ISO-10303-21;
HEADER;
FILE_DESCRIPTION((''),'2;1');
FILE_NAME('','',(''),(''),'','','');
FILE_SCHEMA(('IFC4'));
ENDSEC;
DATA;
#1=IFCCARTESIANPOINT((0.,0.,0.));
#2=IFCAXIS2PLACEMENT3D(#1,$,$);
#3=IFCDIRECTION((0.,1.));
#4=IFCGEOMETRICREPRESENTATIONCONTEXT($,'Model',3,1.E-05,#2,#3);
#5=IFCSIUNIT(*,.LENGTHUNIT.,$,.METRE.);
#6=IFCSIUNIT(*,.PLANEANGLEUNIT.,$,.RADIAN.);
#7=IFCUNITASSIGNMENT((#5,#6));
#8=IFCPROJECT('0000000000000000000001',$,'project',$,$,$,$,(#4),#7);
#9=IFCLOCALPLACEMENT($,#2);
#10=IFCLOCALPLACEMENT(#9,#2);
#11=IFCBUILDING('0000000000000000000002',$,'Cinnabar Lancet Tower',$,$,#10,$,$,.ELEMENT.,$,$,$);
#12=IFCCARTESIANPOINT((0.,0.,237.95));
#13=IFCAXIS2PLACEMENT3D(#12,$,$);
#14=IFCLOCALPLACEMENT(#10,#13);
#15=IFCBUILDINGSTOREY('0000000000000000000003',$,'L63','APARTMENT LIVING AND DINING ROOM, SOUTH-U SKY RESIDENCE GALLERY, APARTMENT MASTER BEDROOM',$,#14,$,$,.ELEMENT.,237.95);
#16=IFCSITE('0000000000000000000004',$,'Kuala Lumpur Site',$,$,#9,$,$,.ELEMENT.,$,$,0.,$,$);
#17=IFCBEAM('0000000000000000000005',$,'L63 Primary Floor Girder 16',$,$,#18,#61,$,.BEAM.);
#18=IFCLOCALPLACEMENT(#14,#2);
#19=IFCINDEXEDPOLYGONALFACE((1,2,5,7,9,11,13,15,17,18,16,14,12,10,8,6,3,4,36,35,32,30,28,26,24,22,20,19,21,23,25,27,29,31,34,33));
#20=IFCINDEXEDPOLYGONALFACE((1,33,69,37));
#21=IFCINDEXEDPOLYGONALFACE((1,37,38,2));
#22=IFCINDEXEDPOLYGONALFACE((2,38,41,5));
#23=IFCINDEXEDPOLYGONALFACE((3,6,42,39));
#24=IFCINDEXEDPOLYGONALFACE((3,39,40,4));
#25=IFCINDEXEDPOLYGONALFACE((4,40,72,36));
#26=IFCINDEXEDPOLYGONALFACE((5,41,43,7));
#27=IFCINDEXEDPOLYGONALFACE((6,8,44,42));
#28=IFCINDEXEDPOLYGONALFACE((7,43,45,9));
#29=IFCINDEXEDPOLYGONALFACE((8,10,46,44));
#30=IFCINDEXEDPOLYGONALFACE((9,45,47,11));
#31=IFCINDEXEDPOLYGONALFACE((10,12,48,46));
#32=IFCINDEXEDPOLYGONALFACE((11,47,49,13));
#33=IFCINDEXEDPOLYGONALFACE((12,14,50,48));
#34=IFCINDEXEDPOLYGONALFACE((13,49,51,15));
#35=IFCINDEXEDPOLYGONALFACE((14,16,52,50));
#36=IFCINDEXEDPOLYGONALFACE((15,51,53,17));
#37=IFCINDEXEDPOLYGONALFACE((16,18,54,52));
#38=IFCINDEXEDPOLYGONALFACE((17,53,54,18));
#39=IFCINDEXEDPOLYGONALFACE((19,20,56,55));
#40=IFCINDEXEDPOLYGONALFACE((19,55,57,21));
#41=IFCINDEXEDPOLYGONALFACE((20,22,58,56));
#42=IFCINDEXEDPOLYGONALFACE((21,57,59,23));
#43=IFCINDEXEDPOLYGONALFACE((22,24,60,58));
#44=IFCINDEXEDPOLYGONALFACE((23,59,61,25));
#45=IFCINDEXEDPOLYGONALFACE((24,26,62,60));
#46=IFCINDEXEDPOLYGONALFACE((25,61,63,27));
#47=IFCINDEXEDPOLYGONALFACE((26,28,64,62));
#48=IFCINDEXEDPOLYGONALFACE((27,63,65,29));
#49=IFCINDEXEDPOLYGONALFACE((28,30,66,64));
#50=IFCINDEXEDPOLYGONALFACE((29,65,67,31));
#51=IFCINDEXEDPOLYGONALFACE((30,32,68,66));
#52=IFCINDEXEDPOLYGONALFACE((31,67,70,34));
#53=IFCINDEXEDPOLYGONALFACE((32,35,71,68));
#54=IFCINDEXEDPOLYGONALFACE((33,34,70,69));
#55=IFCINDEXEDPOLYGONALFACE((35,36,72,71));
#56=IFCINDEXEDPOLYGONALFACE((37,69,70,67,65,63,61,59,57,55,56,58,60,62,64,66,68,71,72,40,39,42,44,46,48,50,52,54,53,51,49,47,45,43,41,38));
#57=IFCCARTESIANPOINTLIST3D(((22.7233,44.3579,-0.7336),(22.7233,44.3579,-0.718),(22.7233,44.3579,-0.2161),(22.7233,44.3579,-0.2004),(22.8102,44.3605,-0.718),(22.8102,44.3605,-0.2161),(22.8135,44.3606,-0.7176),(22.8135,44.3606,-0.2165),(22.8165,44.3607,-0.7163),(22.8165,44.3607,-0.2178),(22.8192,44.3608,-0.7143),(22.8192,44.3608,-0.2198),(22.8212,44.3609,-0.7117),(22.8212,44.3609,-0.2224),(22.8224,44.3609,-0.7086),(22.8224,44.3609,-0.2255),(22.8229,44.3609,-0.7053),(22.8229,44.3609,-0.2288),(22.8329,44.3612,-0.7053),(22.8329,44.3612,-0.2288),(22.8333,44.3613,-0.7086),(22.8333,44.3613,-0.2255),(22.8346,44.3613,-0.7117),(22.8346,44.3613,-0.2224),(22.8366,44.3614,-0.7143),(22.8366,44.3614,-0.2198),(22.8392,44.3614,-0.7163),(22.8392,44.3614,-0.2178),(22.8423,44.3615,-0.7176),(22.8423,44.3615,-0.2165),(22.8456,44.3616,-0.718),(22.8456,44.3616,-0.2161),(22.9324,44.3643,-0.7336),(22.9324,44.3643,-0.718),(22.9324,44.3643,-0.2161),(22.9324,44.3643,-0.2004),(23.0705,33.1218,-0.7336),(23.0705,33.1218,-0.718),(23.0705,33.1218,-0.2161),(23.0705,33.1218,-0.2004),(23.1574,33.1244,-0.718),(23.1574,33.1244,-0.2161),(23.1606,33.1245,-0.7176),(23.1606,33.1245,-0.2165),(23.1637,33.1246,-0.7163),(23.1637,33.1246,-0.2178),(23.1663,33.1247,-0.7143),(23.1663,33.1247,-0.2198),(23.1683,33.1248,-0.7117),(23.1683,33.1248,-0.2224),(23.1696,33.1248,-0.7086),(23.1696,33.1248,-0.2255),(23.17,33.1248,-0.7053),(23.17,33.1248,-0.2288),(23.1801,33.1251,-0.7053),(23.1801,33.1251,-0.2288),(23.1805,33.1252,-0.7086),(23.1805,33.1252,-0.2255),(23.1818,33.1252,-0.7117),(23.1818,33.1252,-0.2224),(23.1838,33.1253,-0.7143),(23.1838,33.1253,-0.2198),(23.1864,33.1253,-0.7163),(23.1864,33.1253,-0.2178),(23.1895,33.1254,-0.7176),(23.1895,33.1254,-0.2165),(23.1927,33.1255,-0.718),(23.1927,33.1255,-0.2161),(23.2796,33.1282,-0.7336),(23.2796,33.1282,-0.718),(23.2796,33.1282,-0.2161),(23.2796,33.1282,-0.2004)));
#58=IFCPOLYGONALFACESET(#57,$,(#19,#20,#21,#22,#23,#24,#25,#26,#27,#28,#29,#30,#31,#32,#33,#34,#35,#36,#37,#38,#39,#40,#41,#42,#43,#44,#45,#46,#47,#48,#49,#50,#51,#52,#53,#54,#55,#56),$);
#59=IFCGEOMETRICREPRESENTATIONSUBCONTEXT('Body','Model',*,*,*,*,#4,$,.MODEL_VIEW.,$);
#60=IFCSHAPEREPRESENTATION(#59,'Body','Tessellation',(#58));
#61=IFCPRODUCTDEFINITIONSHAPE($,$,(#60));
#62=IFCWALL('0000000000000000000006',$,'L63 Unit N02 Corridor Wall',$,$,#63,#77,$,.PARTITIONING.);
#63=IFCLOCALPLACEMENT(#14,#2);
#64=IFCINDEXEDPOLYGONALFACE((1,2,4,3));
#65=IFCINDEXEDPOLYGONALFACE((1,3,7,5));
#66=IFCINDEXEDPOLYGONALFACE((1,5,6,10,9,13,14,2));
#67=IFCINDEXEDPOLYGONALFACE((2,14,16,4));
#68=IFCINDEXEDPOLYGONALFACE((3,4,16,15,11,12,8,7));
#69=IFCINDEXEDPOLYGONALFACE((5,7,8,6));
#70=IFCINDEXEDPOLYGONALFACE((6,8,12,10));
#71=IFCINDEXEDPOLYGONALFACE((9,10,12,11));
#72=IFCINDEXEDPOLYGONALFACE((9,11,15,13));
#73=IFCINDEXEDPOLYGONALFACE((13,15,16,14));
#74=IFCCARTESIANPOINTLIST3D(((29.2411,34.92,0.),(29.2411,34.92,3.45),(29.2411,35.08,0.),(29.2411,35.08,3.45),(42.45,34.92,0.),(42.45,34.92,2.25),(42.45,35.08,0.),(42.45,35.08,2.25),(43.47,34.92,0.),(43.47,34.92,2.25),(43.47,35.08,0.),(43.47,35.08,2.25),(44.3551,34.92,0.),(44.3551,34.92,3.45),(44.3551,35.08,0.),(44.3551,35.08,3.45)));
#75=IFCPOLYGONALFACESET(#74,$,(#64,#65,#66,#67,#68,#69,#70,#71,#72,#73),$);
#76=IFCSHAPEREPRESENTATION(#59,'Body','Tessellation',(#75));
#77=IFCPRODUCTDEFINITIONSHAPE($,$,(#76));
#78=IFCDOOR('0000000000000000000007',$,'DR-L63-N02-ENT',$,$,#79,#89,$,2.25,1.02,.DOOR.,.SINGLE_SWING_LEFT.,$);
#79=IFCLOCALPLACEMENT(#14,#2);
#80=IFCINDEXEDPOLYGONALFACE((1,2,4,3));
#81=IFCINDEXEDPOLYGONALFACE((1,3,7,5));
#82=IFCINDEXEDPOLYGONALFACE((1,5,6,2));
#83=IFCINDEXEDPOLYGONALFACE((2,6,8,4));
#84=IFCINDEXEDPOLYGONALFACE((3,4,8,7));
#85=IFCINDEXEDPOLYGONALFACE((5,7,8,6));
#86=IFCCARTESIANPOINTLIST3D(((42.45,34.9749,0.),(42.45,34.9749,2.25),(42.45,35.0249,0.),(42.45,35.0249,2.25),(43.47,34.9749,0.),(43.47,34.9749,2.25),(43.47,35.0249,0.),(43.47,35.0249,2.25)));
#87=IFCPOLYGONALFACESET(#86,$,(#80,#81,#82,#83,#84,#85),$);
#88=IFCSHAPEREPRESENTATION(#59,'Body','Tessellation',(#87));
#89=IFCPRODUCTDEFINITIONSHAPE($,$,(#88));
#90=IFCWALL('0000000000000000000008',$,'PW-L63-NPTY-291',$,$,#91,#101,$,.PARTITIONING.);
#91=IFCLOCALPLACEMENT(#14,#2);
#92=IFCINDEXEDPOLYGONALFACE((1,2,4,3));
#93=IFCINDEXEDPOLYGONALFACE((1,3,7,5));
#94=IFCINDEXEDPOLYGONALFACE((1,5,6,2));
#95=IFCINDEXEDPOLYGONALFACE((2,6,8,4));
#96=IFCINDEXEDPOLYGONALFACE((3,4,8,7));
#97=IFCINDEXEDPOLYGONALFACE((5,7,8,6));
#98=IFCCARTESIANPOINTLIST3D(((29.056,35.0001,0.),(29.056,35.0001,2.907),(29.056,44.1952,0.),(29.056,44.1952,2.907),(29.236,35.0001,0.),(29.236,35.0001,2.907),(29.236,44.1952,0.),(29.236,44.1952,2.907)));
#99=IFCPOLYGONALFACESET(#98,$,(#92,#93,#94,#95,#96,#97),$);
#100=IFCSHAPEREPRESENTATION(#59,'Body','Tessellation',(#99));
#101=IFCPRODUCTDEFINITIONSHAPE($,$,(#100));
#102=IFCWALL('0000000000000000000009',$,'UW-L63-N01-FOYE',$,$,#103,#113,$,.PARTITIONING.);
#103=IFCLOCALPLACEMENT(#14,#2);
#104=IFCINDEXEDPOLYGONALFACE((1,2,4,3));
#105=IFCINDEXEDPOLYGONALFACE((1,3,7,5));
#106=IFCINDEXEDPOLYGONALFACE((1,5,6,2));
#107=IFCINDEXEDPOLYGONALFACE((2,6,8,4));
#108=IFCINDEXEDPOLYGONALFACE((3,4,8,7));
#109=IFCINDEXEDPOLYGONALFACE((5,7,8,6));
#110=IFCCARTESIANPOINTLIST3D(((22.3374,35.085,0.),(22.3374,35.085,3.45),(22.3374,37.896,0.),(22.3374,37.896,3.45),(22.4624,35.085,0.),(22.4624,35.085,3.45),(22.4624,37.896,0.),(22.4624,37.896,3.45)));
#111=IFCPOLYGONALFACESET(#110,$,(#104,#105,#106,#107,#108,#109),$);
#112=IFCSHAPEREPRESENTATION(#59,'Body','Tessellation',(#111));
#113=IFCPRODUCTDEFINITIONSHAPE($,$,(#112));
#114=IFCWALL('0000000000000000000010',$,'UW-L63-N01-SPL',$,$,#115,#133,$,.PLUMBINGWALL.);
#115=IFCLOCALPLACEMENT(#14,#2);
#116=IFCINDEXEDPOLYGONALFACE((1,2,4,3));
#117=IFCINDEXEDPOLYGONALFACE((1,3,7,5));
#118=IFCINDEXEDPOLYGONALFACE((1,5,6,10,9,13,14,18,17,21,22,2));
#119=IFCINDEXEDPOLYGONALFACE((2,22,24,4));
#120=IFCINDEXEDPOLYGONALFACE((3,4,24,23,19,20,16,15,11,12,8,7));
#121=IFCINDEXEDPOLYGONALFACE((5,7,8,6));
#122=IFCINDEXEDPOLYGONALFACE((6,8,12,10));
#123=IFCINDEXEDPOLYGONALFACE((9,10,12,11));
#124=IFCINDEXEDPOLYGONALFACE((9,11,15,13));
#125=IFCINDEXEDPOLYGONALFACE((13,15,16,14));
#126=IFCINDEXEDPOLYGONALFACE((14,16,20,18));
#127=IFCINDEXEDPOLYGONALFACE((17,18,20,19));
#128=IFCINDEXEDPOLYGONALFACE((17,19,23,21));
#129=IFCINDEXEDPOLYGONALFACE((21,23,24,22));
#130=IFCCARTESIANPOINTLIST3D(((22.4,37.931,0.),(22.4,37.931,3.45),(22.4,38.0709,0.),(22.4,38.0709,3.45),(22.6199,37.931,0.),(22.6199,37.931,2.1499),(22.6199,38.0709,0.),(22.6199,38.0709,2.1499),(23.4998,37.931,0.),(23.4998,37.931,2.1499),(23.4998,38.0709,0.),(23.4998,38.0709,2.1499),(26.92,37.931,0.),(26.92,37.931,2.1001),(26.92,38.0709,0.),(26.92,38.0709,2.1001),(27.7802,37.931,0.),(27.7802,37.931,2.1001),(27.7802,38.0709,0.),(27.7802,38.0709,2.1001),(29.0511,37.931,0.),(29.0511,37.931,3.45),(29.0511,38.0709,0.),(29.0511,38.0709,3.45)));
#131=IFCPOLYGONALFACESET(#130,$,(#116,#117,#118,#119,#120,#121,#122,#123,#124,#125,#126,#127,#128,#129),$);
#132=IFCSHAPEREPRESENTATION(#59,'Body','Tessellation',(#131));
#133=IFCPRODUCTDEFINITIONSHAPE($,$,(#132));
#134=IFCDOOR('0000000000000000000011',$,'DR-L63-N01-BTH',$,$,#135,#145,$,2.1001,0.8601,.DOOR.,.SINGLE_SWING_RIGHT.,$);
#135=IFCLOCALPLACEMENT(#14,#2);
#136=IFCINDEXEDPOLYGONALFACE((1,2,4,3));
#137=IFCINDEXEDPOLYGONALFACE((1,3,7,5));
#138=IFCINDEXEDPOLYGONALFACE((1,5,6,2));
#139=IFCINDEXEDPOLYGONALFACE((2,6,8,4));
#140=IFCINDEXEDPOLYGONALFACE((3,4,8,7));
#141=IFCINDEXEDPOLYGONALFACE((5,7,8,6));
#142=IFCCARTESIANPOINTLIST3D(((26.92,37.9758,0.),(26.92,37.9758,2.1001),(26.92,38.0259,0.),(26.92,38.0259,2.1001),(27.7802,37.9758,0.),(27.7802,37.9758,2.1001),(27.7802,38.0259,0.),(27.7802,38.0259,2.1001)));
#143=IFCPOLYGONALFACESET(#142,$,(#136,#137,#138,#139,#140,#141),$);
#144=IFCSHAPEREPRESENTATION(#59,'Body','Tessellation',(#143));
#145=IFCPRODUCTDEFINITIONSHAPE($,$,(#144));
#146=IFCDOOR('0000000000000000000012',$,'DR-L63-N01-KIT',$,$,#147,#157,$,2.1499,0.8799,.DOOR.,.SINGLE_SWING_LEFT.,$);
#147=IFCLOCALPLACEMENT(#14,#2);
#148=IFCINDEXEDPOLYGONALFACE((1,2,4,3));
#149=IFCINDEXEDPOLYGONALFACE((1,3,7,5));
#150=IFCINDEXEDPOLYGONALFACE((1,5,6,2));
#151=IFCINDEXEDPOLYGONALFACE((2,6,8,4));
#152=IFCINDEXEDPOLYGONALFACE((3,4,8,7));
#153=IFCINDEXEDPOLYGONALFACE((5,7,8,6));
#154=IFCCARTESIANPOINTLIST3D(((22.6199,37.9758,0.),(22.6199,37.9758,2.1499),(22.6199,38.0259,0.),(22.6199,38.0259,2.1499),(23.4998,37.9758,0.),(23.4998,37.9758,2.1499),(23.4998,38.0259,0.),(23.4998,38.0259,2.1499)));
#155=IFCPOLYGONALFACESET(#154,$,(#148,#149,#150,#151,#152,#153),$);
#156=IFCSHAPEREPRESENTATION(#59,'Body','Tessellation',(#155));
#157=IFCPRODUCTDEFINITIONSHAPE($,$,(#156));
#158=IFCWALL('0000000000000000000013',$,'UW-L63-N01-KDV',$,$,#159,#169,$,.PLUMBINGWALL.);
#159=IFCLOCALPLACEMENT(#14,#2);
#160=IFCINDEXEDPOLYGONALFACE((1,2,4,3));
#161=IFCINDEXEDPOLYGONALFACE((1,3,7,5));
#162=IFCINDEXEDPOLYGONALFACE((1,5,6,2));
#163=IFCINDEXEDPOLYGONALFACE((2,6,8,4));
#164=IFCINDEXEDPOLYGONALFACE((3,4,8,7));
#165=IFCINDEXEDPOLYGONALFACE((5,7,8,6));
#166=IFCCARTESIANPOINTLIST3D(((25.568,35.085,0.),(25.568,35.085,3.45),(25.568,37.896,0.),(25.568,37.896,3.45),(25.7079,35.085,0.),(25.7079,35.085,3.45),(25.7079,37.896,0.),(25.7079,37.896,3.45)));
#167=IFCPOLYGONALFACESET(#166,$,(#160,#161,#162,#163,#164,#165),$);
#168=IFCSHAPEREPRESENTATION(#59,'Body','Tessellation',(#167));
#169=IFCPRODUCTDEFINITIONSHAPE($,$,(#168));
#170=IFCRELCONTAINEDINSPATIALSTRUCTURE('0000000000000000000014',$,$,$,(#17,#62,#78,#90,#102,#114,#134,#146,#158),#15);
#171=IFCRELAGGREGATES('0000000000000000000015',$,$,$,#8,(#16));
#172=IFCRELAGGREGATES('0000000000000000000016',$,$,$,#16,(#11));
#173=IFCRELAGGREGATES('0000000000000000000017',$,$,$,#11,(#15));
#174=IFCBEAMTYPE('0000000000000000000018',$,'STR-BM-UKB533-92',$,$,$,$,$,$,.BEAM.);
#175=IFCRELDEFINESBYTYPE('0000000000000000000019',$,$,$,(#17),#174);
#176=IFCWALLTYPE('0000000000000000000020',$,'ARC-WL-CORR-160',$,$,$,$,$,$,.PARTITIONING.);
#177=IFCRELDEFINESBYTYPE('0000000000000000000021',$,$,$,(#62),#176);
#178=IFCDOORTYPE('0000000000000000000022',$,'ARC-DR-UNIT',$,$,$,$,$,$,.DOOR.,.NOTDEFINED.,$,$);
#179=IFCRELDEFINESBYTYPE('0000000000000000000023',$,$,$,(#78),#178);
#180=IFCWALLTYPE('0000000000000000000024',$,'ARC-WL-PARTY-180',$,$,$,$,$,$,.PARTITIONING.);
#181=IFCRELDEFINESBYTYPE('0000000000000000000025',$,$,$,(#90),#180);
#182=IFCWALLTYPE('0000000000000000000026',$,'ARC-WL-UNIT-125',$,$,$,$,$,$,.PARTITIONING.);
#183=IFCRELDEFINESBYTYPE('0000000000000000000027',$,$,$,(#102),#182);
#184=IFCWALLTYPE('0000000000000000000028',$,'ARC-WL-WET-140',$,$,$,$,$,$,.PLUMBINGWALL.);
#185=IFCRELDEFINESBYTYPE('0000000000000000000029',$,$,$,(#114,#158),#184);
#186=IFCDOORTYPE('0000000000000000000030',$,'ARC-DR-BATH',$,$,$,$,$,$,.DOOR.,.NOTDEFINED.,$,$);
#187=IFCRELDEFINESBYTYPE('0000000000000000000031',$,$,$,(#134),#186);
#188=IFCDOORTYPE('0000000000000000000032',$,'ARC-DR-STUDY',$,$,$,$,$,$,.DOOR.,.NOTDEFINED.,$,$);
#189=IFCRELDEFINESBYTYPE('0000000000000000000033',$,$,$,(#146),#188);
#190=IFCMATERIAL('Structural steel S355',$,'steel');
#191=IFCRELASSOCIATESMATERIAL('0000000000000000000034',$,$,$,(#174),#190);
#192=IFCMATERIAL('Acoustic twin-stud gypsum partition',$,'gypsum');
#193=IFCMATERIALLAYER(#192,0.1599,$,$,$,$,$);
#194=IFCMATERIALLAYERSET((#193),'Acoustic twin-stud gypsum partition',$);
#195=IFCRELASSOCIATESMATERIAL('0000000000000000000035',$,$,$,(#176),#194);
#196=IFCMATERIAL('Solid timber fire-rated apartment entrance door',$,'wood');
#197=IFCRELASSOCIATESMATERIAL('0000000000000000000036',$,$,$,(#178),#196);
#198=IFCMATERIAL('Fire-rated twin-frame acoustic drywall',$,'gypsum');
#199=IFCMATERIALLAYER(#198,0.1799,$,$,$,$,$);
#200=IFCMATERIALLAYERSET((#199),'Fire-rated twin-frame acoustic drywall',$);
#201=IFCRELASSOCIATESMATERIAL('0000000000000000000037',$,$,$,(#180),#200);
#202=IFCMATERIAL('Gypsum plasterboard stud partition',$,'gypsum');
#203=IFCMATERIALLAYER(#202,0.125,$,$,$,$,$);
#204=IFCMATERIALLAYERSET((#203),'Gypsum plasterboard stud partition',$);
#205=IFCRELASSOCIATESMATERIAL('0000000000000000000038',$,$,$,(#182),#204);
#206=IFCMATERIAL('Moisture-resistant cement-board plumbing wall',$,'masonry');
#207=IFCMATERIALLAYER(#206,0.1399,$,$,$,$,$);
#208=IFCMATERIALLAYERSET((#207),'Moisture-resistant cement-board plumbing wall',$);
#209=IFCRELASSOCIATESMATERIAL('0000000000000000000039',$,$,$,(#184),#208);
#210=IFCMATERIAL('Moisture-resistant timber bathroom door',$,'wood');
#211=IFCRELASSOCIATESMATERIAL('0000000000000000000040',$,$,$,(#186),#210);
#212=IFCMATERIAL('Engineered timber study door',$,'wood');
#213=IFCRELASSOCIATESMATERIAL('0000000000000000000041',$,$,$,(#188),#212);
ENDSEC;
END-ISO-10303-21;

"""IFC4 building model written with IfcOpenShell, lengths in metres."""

from ifc_helpers import new_model, si_unit, direction, frame, frame_2d, origin, origin_2d, place, context, subcontext, project, spatial, rectangle, i_section, extrude, material, layer, layer_set, material_profile, profile_set, type_object, element, fill, save


model = new_model("IFC4")

# Units and contexts
model_context = context("Model", 3, precision=1e-05, world=origin(), true_north=direction((0.0, 1.0)))
body_context = subcontext(model_context, "Body", "Model", "MODEL_VIEW")
ifc_project = project(units=[si_unit("LENGTHUNIT", "METRE"), si_unit("PLANEANGLEUNIT", "RADIAN")], contexts=[model_context])

# Site, building, storey
site_placement = place(None, origin())
site = spatial("IfcSite", under=ifc_project, at=site_placement, Name="Kuala Lumpur Site", CompositionType="ELEMENT", RefElevation=0.0)
building_placement = place(site_placement, origin())
building = spatial("IfcBuilding", under=site, at=building_placement, Name="Cinnabar Lancet Tower", CompositionType="ELEMENT")
storey_placement = place(building_placement, frame((0.0, 0.0, 237.95)))
storey = spatial("IfcBuildingStorey", under=building, at=storey_placement, Name="L63", Description="APARTMENT LIVING AND DINING ROOM, SOUTH-U SKY RESIDENCE GALLERY, APARTMENT MASTER BEDROOM", CompositionType="ELEMENT", Elevation=237.95)

# Beam
ifc_material_1 = material(Name="Structural steel S355", Category="steel")
ifc_material_profile_1 = material_profile(ifc_material_1, i_section(OverallWidth=0.2092, OverallDepth=0.5332, WebThickness=0.01, FlangeThickness=0.0156, FilletRadius=0.0127, at=origin_2d()), Name="UKB 533x210x92")
ifc_profile_set_1 = profile_set([ifc_material_profile_1], Name="Structural steel S355")
beam_type_1 = type_object("IfcBeamType", Name="STR-BM-UKB533-92", PredefinedType="BEAM", material=ifc_profile_set_1)
beam_1_placement = place(storey_placement, frame((22.8279, 44.3611, -0.467), z_axis=(0.030883, -0.999523, 0.0), x_axis=(0.999523, 0.030883, 0.0)))
element("IfcBeam", 1, at=beam_1_placement, inside=storey, type_object=beam_type_1, Name="L63 Primary Floor Girder 16", PredefinedType="BEAM", context=body_context, shape_type="SweptSolid", body=[
    extrude(i_section(OverallWidth=0.2092, OverallDepth=0.5332, WebThickness=0.01, FlangeThickness=0.0156, FilletRadius=0.0127, at=origin_2d()), origin(), (0.0, 0.0, 1.0), 11.2415),
])

# Wall, opening, door
ifc_material_2 = material(Name="Acoustic twin-stud gypsum partition", Category="gypsum")
ifc_layer_1 = layer(ifc_material_2, 0.1599)
ifc_layer_set_1 = layer_set([ifc_layer_1], Name="Acoustic twin-stud gypsum partition")
wall_type_1 = type_object("IfcWallType", Name="ARC-WL-CORR-160", PredefinedType="PARTITIONING", material=ifc_layer_set_1)
wall_1_placement = place(storey_placement, frame((29.241, 35.0, 0.0), z_axis=(0.0, 0.0, 1.0), x_axis=(1.0, 0.0, 0.0)))
wall_1 = element("IfcWall", 2, at=wall_1_placement, inside=storey, type_object=wall_type_1, Name="L63 Unit N02 Corridor Wall", PredefinedType="PARTITIONING", context=body_context, shape_type="SweptSolid", body=[
    extrude(rectangle(XDim=15.114, YDim=0.1599, at=frame_2d((7.5571, 0.0))), origin(), (0.0, 0.0, 1.0), 3.45),
])
opening_1_placement = place(wall_1_placement, frame((13.209, 0.0, 0.0)))
opening_1 = element("IfcOpeningElement", 3, at=opening_1_placement, cuts=wall_1, PredefinedType="OPENING", context=body_context, shape_type="SweptSolid", body=[
    extrude(rectangle(XDim=1.02, YDim=2.25, at=frame_2d((0.51, 1.125))), frame((0.0, 0.0898, 0.0), z_axis=(0.0, -1.0, 0.0), x_axis=(1.0, 0.0, 0.0)), (0.0, 0.0, 1.0), 0.1799),
])
ifc_material_3 = material(Name="Solid timber fire-rated apartment entrance door", Category="wood")
door_type_1 = type_object("IfcDoorType", Name="ARC-DR-UNIT", OperationType="NOTDEFINED", PredefinedType="DOOR", material=ifc_material_3)
door_1_placement = place(opening_1_placement, origin())
door_1 = element("IfcDoor", 4, at=door_1_placement, inside=storey, type_object=door_type_1, Name="DR-L63-N02-ENT", OperationType="SINGLE_SWING_LEFT", OverallHeight=2.25, OverallWidth=1.02, PredefinedType="DOOR", context=body_context, shape_type="SweptSolid", body=[
    extrude(rectangle(XDim=1.02, YDim=2.25, at=frame_2d((0.51, 1.125))), frame((0.0, 0.0249, 0.0), z_axis=(0.0, -1.0, 0.0), x_axis=(1.0, 0.0, 0.0)), (0.0, 0.0, 1.0), 0.05),
])
fill(opening_1, door_1)

# Walls
ifc_material_4 = material(Name="Fire-rated twin-frame acoustic drywall", Category="gypsum")
ifc_layer_2 = layer(ifc_material_4, 0.1799)
ifc_layer_set_2 = layer_set([ifc_layer_2], Name="Fire-rated twin-frame acoustic drywall")
wall_type_2 = type_object("IfcWallType", Name="ARC-WL-PARTY-180", PredefinedType="PARTITIONING", material=ifc_layer_set_2)
wall_2_placement = place(storey_placement, frame((29.146, 35.0, 0.0), z_axis=(0.0, 0.0, 1.0), x_axis=(0.0, 1.0, 0.0)))
element("IfcWall", 5, at=wall_2_placement, inside=storey, type_object=wall_type_2, Name="PW-L63-NPTY-291", PredefinedType="PARTITIONING", context=body_context, shape_type="SweptSolid", body=[
    extrude(rectangle(XDim=9.1951, YDim=0.1799, at=frame_2d((4.5977, 0.0))), origin(), (0.0, 0.0, 1.0), 2.907),
])
ifc_material_5 = material(Name="Gypsum plasterboard stud partition", Category="gypsum")
ifc_layer_3 = layer(ifc_material_5, 0.125)
ifc_layer_set_3 = layer_set([ifc_layer_3], Name="Gypsum plasterboard stud partition")
wall_type_3 = type_object("IfcWallType", Name="ARC-WL-UNIT-125", PredefinedType="PARTITIONING", material=ifc_layer_set_3)
wall_3_placement = place(storey_placement, frame((22.3999, 35.085, 0.0), z_axis=(0.0, 0.0, 1.0), x_axis=(0.0, 1.0, 0.0)))
element("IfcWall", 6, at=wall_3_placement, inside=storey, type_object=wall_type_3, Name="UW-L63-N01-FOYE", PredefinedType="PARTITIONING", context=body_context, shape_type="SweptSolid", body=[
    extrude(rectangle(XDim=2.811, YDim=0.125, at=frame_2d((1.4055, 0.0))), origin(), (0.0, 0.0, 1.0), 3.45),
])

# Wall, openings, doors
ifc_material_6 = material(Name="Moisture-resistant cement-board plumbing wall", Category="masonry")
ifc_layer_4 = layer(ifc_material_6, 0.1399)
ifc_layer_set_4 = layer_set([ifc_layer_4], Name="Moisture-resistant cement-board plumbing wall")
wall_type_4 = type_object("IfcWallType", Name="ARC-WL-WET-140", PredefinedType="PLUMBINGWALL", material=ifc_layer_set_4)
wall_4_placement = place(storey_placement, frame((22.3999, 38.001, 0.0), z_axis=(0.0, 0.0, 1.0), x_axis=(1.0, 0.0, 0.0)))
wall_4 = element("IfcWall", 7, at=wall_4_placement, inside=storey, type_object=wall_type_4, Name="UW-L63-N01-SPL", PredefinedType="PLUMBINGWALL", context=body_context, shape_type="SweptSolid", body=[
    extrude(rectangle(XDim=6.6511, YDim=0.1399, at=frame_2d((3.3257, 0.0))), origin(), (0.0, 0.0, 1.0), 3.45),
])
opening_2_placement = place(wall_4_placement, frame((4.52, 0.0, 0.0)))
opening_2 = element("IfcOpeningElement", 8, at=opening_2_placement, cuts=wall_4, PredefinedType="OPENING", context=body_context, shape_type="SweptSolid", body=[
    extrude(rectangle(XDim=0.8601, YDim=2.1001, at=frame_2d((0.4302, 1.05))), frame((0.0, 0.0798, 0.0), z_axis=(0.0, -1.0, 0.0), x_axis=(1.0, 0.0, 0.0)), (0.0, 0.0, 1.0), 0.1599),
])
opening_3_placement = place(wall_4_placement, frame((0.22, 0.0, 0.0)))
opening_3 = element("IfcOpeningElement", 9, at=opening_3_placement, cuts=wall_4, PredefinedType="OPENING", context=body_context, shape_type="SweptSolid", body=[
    extrude(rectangle(XDim=0.8799, YDim=2.1499, at=frame_2d((0.4399, 1.075))), frame((0.0, 0.0798, 0.0), z_axis=(0.0, -1.0, 0.0), x_axis=(1.0, 0.0, 0.0)), (0.0, 0.0, 1.0), 0.1599),
])
ifc_material_7 = material(Name="Moisture-resistant timber bathroom door", Category="wood")
door_type_2 = type_object("IfcDoorType", Name="ARC-DR-BATH", OperationType="NOTDEFINED", PredefinedType="DOOR", material=ifc_material_7)
door_2_placement = place(opening_2_placement, origin())
door_2 = element("IfcDoor", 10, at=door_2_placement, inside=storey, type_object=door_type_2, Name="DR-L63-N01-BTH", OperationType="SINGLE_SWING_RIGHT", OverallHeight=2.1001, OverallWidth=0.8601, PredefinedType="DOOR", context=body_context, shape_type="SweptSolid", body=[
    extrude(rectangle(XDim=0.8601, YDim=2.1001, at=frame_2d((0.4302, 1.05))), frame((0.0, 0.0249, 0.0), z_axis=(0.0, -1.0, 0.0), x_axis=(1.0, 0.0, 0.0)), (0.0, 0.0, 1.0), 0.05),
])
fill(opening_2, door_2)
ifc_material_8 = material(Name="Engineered timber study door", Category="wood")
door_type_3 = type_object("IfcDoorType", Name="ARC-DR-STUDY", OperationType="NOTDEFINED", PredefinedType="DOOR", material=ifc_material_8)
door_3_placement = place(opening_3_placement, origin())
door_3 = element("IfcDoor", 11, at=door_3_placement, inside=storey, type_object=door_type_3, Name="DR-L63-N01-KIT", OperationType="SINGLE_SWING_LEFT", OverallHeight=2.1499, OverallWidth=0.8799, PredefinedType="DOOR", context=body_context, shape_type="SweptSolid", body=[
    extrude(rectangle(XDim=0.8799, YDim=2.1499, at=frame_2d((0.4399, 1.075))), frame((0.0, 0.0249, 0.0), z_axis=(0.0, -1.0, 0.0), x_axis=(1.0, 0.0, 0.0)), (0.0, 0.0, 1.0), 0.05),
])
fill(opening_3, door_3)

# Wall
wall_5_placement = place(storey_placement, frame((25.6379, 35.085, 0.0), z_axis=(0.0, 0.0, 1.0), x_axis=(0.0, 1.0, 0.0)))
element("IfcWall", 12, at=wall_5_placement, inside=storey, type_object=wall_type_4, Name="UW-L63-N01-KDV", PredefinedType="PLUMBINGWALL", context=body_context, shape_type="SweptSolid", body=[
    extrude(rectangle(XDim=2.811, YDim=0.1399, at=frame_2d((1.4055, 0.0))), origin(), (0.0, 0.0, 1.0), 3.45),
])

save(model, "model.ifc")
